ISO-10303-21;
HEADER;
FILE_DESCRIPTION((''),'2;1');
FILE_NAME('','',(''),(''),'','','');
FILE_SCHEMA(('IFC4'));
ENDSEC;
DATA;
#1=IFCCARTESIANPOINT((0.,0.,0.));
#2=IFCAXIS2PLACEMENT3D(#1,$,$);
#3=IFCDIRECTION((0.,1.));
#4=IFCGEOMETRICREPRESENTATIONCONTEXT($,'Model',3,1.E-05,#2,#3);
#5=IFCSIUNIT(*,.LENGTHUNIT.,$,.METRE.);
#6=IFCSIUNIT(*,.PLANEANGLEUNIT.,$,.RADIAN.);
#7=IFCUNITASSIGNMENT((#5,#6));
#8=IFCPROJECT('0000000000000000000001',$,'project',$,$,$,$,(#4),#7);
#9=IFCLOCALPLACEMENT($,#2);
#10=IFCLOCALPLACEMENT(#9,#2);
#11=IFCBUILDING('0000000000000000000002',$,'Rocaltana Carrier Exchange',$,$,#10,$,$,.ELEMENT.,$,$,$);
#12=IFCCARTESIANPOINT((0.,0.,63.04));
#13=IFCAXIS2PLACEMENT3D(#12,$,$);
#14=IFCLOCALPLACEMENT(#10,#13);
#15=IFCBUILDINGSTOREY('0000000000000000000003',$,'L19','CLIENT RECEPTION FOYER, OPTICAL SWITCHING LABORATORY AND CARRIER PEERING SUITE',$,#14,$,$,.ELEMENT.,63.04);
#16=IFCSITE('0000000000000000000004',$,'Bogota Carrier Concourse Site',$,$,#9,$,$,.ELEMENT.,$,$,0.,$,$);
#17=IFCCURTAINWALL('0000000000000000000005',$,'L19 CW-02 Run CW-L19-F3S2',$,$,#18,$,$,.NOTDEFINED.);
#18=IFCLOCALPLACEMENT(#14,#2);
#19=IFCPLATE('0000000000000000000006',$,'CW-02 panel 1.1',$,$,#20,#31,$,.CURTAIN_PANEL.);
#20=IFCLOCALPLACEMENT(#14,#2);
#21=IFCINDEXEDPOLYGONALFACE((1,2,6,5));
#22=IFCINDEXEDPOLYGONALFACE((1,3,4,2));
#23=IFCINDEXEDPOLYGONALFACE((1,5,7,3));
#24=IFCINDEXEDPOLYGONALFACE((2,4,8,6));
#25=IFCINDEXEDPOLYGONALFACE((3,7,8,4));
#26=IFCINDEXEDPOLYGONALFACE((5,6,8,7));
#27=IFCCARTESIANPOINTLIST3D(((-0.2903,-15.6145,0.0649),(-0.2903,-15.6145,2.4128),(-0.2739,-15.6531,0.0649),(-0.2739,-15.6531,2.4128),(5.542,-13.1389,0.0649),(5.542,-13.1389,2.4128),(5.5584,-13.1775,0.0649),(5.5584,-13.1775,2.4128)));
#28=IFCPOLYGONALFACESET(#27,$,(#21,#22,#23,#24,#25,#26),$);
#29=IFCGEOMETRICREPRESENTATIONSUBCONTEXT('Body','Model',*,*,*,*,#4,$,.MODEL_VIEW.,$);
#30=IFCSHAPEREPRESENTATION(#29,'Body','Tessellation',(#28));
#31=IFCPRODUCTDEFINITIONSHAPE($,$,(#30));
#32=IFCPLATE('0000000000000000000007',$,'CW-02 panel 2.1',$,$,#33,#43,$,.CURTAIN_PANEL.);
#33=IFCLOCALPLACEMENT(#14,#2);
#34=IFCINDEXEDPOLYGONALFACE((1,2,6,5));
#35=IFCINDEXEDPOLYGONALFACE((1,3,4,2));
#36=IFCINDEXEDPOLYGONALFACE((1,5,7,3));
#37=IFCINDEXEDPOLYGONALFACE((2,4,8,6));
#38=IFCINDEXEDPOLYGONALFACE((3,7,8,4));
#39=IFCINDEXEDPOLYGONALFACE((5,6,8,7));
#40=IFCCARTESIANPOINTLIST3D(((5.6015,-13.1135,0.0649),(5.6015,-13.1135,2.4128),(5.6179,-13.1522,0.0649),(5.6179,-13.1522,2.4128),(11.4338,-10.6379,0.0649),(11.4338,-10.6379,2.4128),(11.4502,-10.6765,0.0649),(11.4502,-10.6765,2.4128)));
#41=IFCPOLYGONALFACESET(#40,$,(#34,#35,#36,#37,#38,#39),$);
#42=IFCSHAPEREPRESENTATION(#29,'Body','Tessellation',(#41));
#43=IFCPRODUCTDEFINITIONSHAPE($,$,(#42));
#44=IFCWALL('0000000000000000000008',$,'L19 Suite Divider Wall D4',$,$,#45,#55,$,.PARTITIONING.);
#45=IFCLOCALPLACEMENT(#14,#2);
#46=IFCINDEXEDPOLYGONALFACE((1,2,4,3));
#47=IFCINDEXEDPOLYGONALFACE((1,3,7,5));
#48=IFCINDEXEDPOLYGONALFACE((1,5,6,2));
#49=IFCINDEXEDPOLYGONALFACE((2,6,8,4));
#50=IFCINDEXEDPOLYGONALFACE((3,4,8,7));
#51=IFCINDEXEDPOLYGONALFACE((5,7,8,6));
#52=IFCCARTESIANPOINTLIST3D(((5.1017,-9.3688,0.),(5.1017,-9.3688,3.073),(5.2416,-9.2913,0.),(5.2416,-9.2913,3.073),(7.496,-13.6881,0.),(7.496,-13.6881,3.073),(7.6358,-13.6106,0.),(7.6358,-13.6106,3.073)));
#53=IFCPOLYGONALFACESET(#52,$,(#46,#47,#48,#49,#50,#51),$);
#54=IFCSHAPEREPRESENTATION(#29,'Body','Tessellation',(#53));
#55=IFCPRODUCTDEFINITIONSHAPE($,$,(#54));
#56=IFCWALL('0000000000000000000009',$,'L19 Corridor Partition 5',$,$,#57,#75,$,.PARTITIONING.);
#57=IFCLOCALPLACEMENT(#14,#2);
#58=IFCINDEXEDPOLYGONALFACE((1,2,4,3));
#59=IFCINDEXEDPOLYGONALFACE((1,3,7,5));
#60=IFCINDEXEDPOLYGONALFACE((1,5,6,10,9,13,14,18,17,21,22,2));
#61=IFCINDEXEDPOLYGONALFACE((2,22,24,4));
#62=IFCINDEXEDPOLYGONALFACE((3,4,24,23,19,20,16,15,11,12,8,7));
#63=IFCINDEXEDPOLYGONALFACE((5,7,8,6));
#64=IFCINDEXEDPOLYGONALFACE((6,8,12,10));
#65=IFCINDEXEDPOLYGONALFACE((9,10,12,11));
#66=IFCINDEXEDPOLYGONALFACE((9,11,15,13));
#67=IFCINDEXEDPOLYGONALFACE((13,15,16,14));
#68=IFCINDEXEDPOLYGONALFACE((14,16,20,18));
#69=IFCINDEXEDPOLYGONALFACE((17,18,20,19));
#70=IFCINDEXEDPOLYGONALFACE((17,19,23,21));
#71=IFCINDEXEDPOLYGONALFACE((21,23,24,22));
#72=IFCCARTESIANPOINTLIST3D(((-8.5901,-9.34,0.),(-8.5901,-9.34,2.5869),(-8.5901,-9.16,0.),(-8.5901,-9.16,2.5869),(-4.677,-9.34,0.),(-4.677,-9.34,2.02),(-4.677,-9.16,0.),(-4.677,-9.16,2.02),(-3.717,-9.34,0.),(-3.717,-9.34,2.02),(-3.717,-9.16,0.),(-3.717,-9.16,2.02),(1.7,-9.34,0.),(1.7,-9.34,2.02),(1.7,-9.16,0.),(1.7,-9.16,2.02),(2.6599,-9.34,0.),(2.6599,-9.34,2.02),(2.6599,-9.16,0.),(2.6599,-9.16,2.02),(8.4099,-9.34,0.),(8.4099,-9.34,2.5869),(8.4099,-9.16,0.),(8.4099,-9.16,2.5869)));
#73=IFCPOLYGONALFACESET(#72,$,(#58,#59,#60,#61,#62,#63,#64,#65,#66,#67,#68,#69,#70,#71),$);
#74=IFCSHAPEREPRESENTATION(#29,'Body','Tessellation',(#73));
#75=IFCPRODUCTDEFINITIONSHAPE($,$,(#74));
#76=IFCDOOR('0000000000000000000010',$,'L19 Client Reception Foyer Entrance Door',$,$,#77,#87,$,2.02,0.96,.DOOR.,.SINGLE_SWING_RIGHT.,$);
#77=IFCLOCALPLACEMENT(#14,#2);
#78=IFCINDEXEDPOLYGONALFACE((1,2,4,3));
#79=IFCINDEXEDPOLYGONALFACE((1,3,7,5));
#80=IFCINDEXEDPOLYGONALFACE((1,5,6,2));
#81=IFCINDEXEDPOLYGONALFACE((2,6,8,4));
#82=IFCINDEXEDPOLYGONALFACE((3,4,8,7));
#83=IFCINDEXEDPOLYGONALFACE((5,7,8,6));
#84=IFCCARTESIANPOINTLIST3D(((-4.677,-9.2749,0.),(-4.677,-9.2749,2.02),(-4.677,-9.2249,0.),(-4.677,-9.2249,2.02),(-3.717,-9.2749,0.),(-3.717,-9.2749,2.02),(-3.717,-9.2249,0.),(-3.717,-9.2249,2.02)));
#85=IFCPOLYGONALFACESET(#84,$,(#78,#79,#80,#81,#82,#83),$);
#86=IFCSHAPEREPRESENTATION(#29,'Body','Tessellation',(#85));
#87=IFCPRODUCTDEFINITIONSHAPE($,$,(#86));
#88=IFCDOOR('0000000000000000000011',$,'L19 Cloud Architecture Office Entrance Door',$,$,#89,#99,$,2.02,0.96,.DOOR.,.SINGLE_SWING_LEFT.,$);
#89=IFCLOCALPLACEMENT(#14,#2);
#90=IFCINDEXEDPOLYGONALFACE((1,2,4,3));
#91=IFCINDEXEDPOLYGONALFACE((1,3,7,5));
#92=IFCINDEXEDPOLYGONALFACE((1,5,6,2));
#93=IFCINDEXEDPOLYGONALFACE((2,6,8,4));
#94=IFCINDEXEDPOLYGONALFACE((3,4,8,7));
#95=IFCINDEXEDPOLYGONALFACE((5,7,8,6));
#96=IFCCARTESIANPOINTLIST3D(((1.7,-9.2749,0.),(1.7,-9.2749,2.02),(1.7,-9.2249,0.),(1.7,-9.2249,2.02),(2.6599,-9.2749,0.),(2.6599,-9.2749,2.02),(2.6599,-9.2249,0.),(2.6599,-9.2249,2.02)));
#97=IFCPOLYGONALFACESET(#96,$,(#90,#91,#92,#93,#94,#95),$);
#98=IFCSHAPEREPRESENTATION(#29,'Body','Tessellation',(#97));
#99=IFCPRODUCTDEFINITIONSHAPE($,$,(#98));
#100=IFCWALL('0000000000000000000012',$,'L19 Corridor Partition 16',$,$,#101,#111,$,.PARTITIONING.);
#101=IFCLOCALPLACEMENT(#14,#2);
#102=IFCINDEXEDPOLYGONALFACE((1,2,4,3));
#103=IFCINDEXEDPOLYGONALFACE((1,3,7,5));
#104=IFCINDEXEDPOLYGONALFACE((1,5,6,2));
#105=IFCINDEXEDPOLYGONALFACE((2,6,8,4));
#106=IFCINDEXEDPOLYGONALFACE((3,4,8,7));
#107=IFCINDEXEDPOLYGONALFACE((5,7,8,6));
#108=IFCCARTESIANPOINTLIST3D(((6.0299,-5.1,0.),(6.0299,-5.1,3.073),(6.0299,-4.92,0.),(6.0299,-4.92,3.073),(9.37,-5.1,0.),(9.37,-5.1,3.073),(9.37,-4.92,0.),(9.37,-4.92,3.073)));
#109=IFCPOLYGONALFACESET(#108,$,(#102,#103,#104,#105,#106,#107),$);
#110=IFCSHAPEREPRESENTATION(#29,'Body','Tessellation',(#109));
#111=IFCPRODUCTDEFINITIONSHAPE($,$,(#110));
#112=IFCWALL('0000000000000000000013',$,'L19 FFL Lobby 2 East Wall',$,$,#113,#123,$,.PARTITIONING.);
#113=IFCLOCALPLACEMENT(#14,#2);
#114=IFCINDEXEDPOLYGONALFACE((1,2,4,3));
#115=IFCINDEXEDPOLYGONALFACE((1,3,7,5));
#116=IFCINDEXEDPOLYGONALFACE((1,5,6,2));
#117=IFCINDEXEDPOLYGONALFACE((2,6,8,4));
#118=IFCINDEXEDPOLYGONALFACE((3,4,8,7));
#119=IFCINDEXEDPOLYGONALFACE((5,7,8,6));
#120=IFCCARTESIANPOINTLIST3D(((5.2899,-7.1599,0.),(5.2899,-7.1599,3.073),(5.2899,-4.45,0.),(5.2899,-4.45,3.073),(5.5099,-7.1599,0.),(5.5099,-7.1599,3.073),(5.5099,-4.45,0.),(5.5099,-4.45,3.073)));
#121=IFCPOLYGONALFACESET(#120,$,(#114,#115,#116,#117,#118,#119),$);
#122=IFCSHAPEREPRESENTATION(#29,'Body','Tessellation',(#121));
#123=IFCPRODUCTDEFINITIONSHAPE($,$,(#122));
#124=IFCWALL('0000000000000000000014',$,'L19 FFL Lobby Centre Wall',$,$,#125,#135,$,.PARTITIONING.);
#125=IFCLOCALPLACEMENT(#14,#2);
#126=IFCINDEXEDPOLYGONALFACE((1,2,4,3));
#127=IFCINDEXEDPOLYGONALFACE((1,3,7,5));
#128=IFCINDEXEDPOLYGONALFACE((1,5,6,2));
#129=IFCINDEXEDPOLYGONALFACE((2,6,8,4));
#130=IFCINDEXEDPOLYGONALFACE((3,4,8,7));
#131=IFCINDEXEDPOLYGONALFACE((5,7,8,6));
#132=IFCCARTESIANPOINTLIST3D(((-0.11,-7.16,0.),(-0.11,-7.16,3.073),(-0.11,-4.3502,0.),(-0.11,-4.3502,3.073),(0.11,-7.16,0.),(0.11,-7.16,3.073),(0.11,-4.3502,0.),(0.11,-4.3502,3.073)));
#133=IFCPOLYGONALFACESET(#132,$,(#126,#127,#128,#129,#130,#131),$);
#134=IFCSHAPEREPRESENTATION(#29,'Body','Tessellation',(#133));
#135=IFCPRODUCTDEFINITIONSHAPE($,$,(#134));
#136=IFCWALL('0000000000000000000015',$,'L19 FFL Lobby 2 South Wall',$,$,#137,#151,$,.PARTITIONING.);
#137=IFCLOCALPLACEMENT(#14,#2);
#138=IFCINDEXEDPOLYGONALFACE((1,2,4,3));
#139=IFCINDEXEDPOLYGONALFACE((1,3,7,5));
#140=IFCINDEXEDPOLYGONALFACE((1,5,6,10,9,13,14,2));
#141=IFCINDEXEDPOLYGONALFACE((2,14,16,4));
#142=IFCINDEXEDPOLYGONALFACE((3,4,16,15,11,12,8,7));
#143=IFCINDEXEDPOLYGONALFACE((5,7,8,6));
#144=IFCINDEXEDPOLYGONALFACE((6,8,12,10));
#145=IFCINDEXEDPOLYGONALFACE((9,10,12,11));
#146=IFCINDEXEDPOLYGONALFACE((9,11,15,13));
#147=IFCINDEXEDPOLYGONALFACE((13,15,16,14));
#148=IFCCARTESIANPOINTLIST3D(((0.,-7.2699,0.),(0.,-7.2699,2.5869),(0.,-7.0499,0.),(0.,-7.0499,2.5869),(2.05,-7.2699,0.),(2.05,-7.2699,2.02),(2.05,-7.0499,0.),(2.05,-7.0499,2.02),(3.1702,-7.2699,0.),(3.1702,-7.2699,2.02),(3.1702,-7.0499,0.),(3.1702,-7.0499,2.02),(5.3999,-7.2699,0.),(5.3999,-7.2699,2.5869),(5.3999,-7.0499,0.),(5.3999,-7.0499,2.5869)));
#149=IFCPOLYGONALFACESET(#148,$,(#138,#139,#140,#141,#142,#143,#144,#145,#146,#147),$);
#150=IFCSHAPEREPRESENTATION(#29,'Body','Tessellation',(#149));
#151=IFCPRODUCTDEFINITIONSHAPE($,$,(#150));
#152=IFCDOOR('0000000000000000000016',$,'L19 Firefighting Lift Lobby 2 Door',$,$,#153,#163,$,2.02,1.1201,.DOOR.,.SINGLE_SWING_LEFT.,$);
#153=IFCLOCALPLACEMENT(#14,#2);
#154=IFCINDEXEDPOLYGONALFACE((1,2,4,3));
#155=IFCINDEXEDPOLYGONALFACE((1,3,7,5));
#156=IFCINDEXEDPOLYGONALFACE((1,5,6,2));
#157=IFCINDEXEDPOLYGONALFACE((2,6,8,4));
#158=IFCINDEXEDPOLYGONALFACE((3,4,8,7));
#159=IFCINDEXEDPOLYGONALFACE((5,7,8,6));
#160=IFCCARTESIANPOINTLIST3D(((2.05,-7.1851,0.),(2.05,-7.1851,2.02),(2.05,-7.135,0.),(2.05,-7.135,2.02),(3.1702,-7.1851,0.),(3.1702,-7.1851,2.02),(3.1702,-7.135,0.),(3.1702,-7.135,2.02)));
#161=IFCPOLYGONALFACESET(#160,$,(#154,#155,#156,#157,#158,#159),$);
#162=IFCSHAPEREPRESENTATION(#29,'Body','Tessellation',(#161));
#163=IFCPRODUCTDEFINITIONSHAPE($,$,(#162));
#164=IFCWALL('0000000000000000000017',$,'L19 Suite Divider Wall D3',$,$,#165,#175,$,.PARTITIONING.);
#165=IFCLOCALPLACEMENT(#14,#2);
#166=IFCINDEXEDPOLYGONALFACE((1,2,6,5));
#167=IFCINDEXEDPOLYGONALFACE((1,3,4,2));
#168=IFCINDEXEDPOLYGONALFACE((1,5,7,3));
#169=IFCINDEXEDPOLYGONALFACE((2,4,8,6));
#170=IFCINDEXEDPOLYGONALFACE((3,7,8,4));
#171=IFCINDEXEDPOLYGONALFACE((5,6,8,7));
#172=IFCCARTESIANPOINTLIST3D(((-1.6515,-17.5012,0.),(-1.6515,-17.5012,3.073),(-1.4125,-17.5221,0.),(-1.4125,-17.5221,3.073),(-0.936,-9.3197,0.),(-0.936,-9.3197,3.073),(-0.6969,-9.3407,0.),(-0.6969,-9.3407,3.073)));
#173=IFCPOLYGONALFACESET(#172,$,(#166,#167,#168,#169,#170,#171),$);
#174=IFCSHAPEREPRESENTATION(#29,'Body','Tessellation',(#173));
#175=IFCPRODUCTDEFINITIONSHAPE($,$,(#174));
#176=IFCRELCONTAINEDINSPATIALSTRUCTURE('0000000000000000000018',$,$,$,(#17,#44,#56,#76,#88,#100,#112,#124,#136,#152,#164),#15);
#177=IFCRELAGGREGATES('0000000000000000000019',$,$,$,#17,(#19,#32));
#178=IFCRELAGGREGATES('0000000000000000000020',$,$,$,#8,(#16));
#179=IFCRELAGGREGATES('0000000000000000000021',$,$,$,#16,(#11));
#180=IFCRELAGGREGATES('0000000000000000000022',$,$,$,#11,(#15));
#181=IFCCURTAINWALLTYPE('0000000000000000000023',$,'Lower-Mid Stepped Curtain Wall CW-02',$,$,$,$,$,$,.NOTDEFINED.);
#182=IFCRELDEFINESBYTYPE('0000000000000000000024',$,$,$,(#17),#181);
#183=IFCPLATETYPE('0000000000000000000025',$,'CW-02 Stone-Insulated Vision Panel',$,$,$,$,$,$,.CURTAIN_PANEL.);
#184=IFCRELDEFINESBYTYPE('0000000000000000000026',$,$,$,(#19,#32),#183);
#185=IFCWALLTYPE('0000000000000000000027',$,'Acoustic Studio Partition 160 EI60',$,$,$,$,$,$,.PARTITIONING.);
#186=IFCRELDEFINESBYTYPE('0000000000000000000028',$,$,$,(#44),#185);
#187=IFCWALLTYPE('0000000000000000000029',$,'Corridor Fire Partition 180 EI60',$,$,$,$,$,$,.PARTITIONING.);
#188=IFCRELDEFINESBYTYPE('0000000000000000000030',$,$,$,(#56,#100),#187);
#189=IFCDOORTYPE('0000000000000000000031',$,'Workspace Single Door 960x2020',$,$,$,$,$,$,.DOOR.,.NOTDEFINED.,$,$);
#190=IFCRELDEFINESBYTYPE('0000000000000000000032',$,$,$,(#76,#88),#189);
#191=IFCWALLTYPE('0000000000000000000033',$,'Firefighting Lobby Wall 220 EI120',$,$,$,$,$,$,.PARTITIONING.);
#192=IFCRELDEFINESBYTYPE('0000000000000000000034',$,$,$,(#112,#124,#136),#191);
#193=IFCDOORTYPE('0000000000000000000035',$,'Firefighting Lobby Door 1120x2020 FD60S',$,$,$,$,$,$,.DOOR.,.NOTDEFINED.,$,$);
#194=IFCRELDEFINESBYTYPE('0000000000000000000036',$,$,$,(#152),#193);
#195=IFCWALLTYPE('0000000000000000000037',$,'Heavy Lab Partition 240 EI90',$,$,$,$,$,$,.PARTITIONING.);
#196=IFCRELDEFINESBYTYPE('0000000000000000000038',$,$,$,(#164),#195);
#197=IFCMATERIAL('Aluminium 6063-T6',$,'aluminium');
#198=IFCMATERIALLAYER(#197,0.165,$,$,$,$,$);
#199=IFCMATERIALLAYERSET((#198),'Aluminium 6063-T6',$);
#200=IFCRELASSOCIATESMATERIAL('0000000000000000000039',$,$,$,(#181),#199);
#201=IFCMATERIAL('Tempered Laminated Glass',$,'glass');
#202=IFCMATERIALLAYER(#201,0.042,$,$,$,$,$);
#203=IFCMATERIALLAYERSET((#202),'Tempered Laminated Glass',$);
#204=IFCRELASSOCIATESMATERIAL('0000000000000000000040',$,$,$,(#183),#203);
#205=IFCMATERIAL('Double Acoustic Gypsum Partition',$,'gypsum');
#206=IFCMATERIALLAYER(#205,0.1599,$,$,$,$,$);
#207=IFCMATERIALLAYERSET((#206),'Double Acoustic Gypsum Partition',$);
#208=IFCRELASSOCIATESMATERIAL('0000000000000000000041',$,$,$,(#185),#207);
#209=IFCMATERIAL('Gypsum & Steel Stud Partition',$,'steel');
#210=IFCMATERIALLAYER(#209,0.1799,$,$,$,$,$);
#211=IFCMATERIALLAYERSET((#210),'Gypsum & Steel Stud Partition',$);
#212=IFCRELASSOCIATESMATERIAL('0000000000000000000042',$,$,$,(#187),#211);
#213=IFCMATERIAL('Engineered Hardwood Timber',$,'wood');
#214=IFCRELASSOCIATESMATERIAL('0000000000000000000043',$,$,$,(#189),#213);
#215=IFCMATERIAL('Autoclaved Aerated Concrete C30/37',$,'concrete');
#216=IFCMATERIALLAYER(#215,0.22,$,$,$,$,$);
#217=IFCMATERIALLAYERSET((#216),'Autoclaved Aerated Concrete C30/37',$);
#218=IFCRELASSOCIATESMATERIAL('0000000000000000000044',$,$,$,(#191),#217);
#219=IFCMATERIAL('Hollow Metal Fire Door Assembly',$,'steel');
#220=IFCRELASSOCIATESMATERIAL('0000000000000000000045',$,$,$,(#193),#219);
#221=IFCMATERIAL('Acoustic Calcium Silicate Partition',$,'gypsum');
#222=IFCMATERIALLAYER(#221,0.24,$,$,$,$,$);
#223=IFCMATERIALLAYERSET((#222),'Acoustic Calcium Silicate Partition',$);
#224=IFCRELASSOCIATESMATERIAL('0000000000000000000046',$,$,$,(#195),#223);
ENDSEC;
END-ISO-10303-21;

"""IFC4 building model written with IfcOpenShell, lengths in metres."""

from ifc_helpers import new_model, si_unit, direction, frame, frame_2d, origin, origin_2d, place, context, subcontext, project, spatial, rectangle, extrude, material, layer, layer_set, type_object, element, fill, aggregate, save


model = new_model("IFC4")

# Units and contexts
model_context = context("Model", 3, precision=1e-05, world=origin(), true_north=direction((0.0, 1.0)))
body_context = subcontext(model_context, "Body", "Model", "MODEL_VIEW")
ifc_project = project(units=[si_unit("LENGTHUNIT", "METRE"), si_unit("PLANEANGLEUNIT", "RADIAN")], contexts=[model_context])

# Site, building, storey
site_placement = place(None, origin())
site = spatial("IfcSite", under=ifc_project, at=site_placement, Name="Bogota Carrier Concourse Site", CompositionType="ELEMENT", RefElevation=0.0)
building_placement = place(site_placement, origin())
building = spatial("IfcBuilding", under=site, at=building_placement, Name="Rocaltana Carrier Exchange", CompositionType="ELEMENT")
storey_placement = place(building_placement, frame((0.0, 0.0, 63.04)))
storey = spatial("IfcBuildingStorey", under=building, at=storey_placement, Name="L19", Description="CLIENT RECEPTION FOYER, OPTICAL SWITCHING LABORATORY AND CARRIER PEERING SUITE", CompositionType="ELEMENT", Elevation=63.04)

# Curtain wall
ifc_material_1 = material(Name="Aluminium 6063-T6", Category="aluminium")
ifc_layer_1 = layer(ifc_material_1, 0.165)
ifc_layer_set_1 = layer_set([ifc_layer_1], Name="Aluminium 6063-T6")
curtain_wall_type = type_object("IfcCurtainWallType", Name="Lower-Mid Stepped Curtain Wall CW-02", PredefinedType="NOTDEFINED", material=ifc_layer_set_1)
curtain_wall_placement = place(storey_placement, origin())
curtain_wall = element("IfcCurtainWall", 1, at=curtain_wall_placement, inside=storey, type_object=curtain_wall_type, Name="L19 CW-02 Run CW-L19-F3S2", PredefinedType="NOTDEFINED")

# Plates
ifc_material_2 = material(Name="Tempered Laminated Glass", Category="glass")
ifc_layer_2 = layer(ifc_material_2, 0.042)
ifc_layer_set_2 = layer_set([ifc_layer_2], Name="Tempered Laminated Glass")
plate_type = type_object("IfcPlateType", Name="CW-02 Stone-Insulated Vision Panel", PredefinedType="CURTAIN_PANEL", material=ifc_layer_set_2)
plate_1_placement = place(storey_placement, frame((2.634, -14.396, 0.0649), z_axis=(0.0, 0.0, 1.0), x_axis=(0.920506, 0.390729, 0.0)))
plate_1 = element("IfcPlate", 2, at=plate_1_placement, type_object=plate_type, Name="CW-02 panel 1.1", PredefinedType="CURTAIN_PANEL", context=body_context, shape_type="SweptSolid", body=[
    extrude(rectangle(XDim=6.3359, YDim=0.042, at=origin_2d()), origin(), (0.0, 0.0, 1.0), 2.3479),
])
plate_2_placement = place(storey_placement, frame((8.5259, -11.895, 0.0649), z_axis=(0.0, 0.0, 1.0), x_axis=(0.920506, 0.390729, 0.0)))
plate_2 = element("IfcPlate", 3, at=plate_2_placement, type_object=plate_type, Name="CW-02 panel 2.1", PredefinedType="CURTAIN_PANEL", context=body_context, shape_type="SweptSolid", body=[
    extrude(rectangle(XDim=6.3359, YDim=0.042, at=origin_2d()), origin(), (0.0, 0.0, 1.0), 2.3479),
])
aggregate(curtain_wall, [plate_1, plate_2])

# Wall
ifc_material_3 = material(Name="Double Acoustic Gypsum Partition", Category="gypsum")
ifc_layer_3 = layer(ifc_material_3, 0.1599)
ifc_layer_set_3 = layer_set([ifc_layer_3], Name="Double Acoustic Gypsum Partition")
wall_type_1 = type_object("IfcWallType", Name="Acoustic Studio Partition 160 EI60", PredefinedType="PARTITIONING", material=ifc_layer_set_3)
wall_1_placement = place(storey_placement, frame((5.1716, -9.3301, 0.0), z_axis=(0.0, 0.0, 1.0), x_axis=(0.484816, -0.874616, 0.0)))
element("IfcWall", 4, at=wall_1_placement, inside=storey, type_object=wall_type_1, Name="L19 Suite Divider Wall D4", PredefinedType="PARTITIONING", context=body_context, shape_type="SweptSolid", body=[
    extrude(rectangle(XDim=4.9385, YDim=0.1599, at=frame_2d((2.4692, 0.0))), origin(), (0.0, 0.0, 1.0), 3.073),
])

# Wall, openings, doors
ifc_material_4 = material(Name="Gypsum & Steel Stud Partition", Category="steel")
ifc_layer_4 = layer(ifc_material_4, 0.1799)
ifc_layer_set_4 = layer_set([ifc_layer_4], Name="Gypsum & Steel Stud Partition")
wall_type_2 = type_object("IfcWallType", Name="Corridor Fire Partition 180 EI60", PredefinedType="PARTITIONING", material=ifc_layer_set_4)
wall_2_placement = place(storey_placement, frame((8.4099, -9.25, 0.0), z_axis=(0.0, 0.0, 1.0), x_axis=(-1.0, 0.0, 0.0)))
wall_2 = element("IfcWall", 5, at=wall_2_placement, inside=storey, type_object=wall_type_2, Name="L19 Corridor Partition 5", PredefinedType="PARTITIONING", context=body_context, shape_type="SweptSolid", body=[
    extrude(rectangle(XDim=17.0, YDim=0.1799, at=frame_2d((8.5, 0.0))), origin(), (0.0, 0.0, 1.0), 2.5869),
])
opening_1_placement = place(wall_2_placement, frame((12.127, 0.0, 0.0)))
opening_1 = element("IfcOpeningElement", 6, at=opening_1_placement, cuts=wall_2, PredefinedType="OPENING", context=body_context, shape_type="SweptSolid", body=[
    extrude(rectangle(XDim=0.96, YDim=2.02, at=frame_2d((0.48, 1.01))), frame((0.0, 0.0999, 0.0), z_axis=(0.0, -1.0, 0.0), x_axis=(1.0, 0.0, 0.0)), (0.0, 0.0, 1.0), 0.2),
])
opening_2_placement = place(wall_2_placement, frame((5.75, 0.0, 0.0)))
opening_2 = element("IfcOpeningElement", 7, at=opening_2_placement, cuts=wall_2, PredefinedType="OPENING", context=body_context, shape_type="SweptSolid", body=[
    extrude(rectangle(XDim=0.96, YDim=2.02, at=frame_2d((0.48, 1.01))), frame((0.0, 0.0999, 0.0), z_axis=(0.0, -1.0, 0.0), x_axis=(1.0, 0.0, 0.0)), (0.0, 0.0, 1.0), 0.2),
])
ifc_material_5 = material(Name="Engineered Hardwood Timber", Category="wood")
door_type_1 = type_object("IfcDoorType", Name="Workspace Single Door 960x2020", OperationType="NOTDEFINED", PredefinedType="DOOR", material=ifc_material_5)
door_1_placement = place(opening_1_placement, origin())
door_1 = element("IfcDoor", 8, at=door_1_placement, inside=storey, type_object=door_type_1, Name="L19 Client Reception Foyer Entrance Door", OperationType="SINGLE_SWING_RIGHT", OverallHeight=2.02, OverallWidth=0.96, PredefinedType="DOOR", context=body_context, shape_type="SweptSolid", body=[
    extrude(rectangle(XDim=0.96, YDim=2.02, at=frame_2d((0.48, 1.01))), frame((0.0, 0.0249, 0.0), z_axis=(0.0, -1.0, 0.0), x_axis=(1.0, 0.0, 0.0)), (0.0, 0.0, 1.0), 0.05),
])
fill(opening_1, door_1)
door_2_placement = place(opening_2_placement, origin())
door_2 = element("IfcDoor", 9, at=door_2_placement, inside=storey, type_object=door_type_1, Name="L19 Cloud Architecture Office Entrance Door", OperationType="SINGLE_SWING_LEFT", OverallHeight=2.02, OverallWidth=0.96, PredefinedType="DOOR", context=body_context, shape_type="SweptSolid", body=[
    extrude(rectangle(XDim=0.96, YDim=2.02, at=frame_2d((0.48, 1.01))), frame((0.0, 0.0249, 0.0), z_axis=(0.0, -1.0, 0.0), x_axis=(1.0, 0.0, 0.0)), (0.0, 0.0, 1.0), 0.05),
])
fill(opening_2, door_2)

# Walls
wall_3_placement = place(storey_placement, frame((6.03, -5.01, 0.0), z_axis=(0.0, 0.0, 1.0), x_axis=(1.0, 0.0, 0.0)))
element("IfcWall", 10, at=wall_3_placement, inside=storey, type_object=wall_type_2, Name="L19 Corridor Partition 16", PredefinedType="PARTITIONING", context=body_context, shape_type="SweptSolid", body=[
    extrude(rectangle(XDim=3.3401, YDim=0.1799, at=frame_2d((1.6699, 0.0))), origin(), (0.0, 0.0, 1.0), 3.073),
])
ifc_material_6 = material(Name="Autoclaved Aerated Concrete C30/37", Category="concrete")
ifc_layer_5 = layer(ifc_material_6, 0.22)
ifc_layer_set_5 = layer_set([ifc_layer_5], Name="Autoclaved Aerated Concrete C30/37")
wall_type_3 = type_object("IfcWallType", Name="Firefighting Lobby Wall 220 EI120", PredefinedType="PARTITIONING", material=ifc_layer_set_5)
wall_4_placement = place(storey_placement, frame((5.3999, -7.1599, 0.0), z_axis=(0.0, 0.0, 1.0), x_axis=(0.0, 1.0, 0.0)))
element("IfcWall", 11, at=wall_4_placement, inside=storey, type_object=wall_type_3, Name="L19 FFL Lobby 2 East Wall", PredefinedType="PARTITIONING", context=body_context, shape_type="SweptSolid", body=[
    extrude(rectangle(XDim=2.71, YDim=0.22, at=frame_2d((1.355, 0.0))), origin(), (0.0, 0.0, 1.0), 3.073),
])
wall_5_placement = place(storey_placement, frame((0.0, -7.1599, 0.0), z_axis=(0.0, 0.0, 1.0), x_axis=(0.0, 1.0, 0.0)))
element("IfcWall", 12, at=wall_5_placement, inside=storey, type_object=wall_type_3, Name="L19 FFL Lobby Centre Wall", PredefinedType="PARTITIONING", context=body_context, shape_type="SweptSolid", body=[
    extrude(rectangle(XDim=2.8098, YDim=0.22, at=frame_2d((1.4048, 0.0))), origin(), (0.0, 0.0, 1.0), 3.073),
])

# Wall, opening, door
wall_6_placement = place(storey_placement, frame((0.0, -7.1599, 0.0), z_axis=(0.0, 0.0, 1.0), x_axis=(1.0, 0.0, 0.0)))
wall_6 = element("IfcWall", 13, at=wall_6_placement, inside=storey, type_object=wall_type_3, Name="L19 FFL Lobby 2 South Wall", PredefinedType="PARTITIONING", context=body_context, shape_type="SweptSolid", body=[
    extrude(rectangle(XDim=5.3999, YDim=0.22, at=frame_2d((2.7, 0.0))), origin(), (0.0, 0.0, 1.0), 2.5869),
])
opening_3_placement = place(wall_6_placement, frame((2.05, 0.0, 0.0)))
opening_3 = element("IfcOpeningElement", 14, at=opening_3_placement, cuts=wall_6, PredefinedType="OPENING", context=body_context, shape_type="SweptSolid", body=[
    extrude(rectangle(XDim=1.1201, YDim=2.02, at=frame_2d((0.5601, 1.01))), frame((0.0, 0.1199, 0.0), z_axis=(0.0, -1.0, 0.0), x_axis=(1.0, 0.0, 0.0)), (0.0, 0.0, 1.0), 0.24),
])
ifc_material_7 = material(Name="Hollow Metal Fire Door Assembly", Category="steel")
door_type_2 = type_object("IfcDoorType", Name="Firefighting Lobby Door 1120x2020 FD60S", OperationType="NOTDEFINED", PredefinedType="DOOR", material=ifc_material_7)
door_3_placement = place(opening_3_placement, origin())
door_3 = element("IfcDoor", 15, at=door_3_placement, inside=storey, type_object=door_type_2, Name="L19 Firefighting Lift Lobby 2 Door", OperationType="SINGLE_SWING_LEFT", OverallHeight=2.02, OverallWidth=1.1201, PredefinedType="DOOR", context=body_context, shape_type="SweptSolid", body=[
    extrude(rectangle(XDim=1.1201, YDim=2.02, at=frame_2d((0.5601, 1.01))), frame((0.0, 0.0249, 0.0), z_axis=(0.0, -1.0, 0.0), x_axis=(1.0, 0.0, 0.0)), (0.0, 0.0, 1.0), 0.05),
])
fill(opening_3, door_3)

# Wall
ifc_material_8 = material(Name="Acoustic Calcium Silicate Partition", Category="gypsum")
ifc_layer_6 = layer(ifc_material_8, 0.24)
ifc_layer_set_6 = layer_set([ifc_layer_6], Name="Acoustic Calcium Silicate Partition")
wall_type_4 = type_object("IfcWallType", Name="Heavy Lab Partition 240 EI90", PredefinedType="PARTITIONING", material=ifc_layer_set_6)
wall_7_placement = place(storey_placement, frame((-0.8164, -9.3301, 0.0), z_axis=(0.0, 0.0, 1.0), x_axis=(-0.087131, -0.996197, 0.0)))
element("IfcWall", 16, at=wall_7_placement, inside=storey, type_object=wall_type_4, Name="L19 Suite Divider Wall D3", PredefinedType="PARTITIONING", context=body_context, shape_type="SweptSolid", body=[
    extrude(rectangle(XDim=8.2126, YDim=0.24, at=frame_2d((4.1064, 0.0))), origin(), (0.0, 0.0, 1.0), 3.073),
])

save(model, "model.ifc")
